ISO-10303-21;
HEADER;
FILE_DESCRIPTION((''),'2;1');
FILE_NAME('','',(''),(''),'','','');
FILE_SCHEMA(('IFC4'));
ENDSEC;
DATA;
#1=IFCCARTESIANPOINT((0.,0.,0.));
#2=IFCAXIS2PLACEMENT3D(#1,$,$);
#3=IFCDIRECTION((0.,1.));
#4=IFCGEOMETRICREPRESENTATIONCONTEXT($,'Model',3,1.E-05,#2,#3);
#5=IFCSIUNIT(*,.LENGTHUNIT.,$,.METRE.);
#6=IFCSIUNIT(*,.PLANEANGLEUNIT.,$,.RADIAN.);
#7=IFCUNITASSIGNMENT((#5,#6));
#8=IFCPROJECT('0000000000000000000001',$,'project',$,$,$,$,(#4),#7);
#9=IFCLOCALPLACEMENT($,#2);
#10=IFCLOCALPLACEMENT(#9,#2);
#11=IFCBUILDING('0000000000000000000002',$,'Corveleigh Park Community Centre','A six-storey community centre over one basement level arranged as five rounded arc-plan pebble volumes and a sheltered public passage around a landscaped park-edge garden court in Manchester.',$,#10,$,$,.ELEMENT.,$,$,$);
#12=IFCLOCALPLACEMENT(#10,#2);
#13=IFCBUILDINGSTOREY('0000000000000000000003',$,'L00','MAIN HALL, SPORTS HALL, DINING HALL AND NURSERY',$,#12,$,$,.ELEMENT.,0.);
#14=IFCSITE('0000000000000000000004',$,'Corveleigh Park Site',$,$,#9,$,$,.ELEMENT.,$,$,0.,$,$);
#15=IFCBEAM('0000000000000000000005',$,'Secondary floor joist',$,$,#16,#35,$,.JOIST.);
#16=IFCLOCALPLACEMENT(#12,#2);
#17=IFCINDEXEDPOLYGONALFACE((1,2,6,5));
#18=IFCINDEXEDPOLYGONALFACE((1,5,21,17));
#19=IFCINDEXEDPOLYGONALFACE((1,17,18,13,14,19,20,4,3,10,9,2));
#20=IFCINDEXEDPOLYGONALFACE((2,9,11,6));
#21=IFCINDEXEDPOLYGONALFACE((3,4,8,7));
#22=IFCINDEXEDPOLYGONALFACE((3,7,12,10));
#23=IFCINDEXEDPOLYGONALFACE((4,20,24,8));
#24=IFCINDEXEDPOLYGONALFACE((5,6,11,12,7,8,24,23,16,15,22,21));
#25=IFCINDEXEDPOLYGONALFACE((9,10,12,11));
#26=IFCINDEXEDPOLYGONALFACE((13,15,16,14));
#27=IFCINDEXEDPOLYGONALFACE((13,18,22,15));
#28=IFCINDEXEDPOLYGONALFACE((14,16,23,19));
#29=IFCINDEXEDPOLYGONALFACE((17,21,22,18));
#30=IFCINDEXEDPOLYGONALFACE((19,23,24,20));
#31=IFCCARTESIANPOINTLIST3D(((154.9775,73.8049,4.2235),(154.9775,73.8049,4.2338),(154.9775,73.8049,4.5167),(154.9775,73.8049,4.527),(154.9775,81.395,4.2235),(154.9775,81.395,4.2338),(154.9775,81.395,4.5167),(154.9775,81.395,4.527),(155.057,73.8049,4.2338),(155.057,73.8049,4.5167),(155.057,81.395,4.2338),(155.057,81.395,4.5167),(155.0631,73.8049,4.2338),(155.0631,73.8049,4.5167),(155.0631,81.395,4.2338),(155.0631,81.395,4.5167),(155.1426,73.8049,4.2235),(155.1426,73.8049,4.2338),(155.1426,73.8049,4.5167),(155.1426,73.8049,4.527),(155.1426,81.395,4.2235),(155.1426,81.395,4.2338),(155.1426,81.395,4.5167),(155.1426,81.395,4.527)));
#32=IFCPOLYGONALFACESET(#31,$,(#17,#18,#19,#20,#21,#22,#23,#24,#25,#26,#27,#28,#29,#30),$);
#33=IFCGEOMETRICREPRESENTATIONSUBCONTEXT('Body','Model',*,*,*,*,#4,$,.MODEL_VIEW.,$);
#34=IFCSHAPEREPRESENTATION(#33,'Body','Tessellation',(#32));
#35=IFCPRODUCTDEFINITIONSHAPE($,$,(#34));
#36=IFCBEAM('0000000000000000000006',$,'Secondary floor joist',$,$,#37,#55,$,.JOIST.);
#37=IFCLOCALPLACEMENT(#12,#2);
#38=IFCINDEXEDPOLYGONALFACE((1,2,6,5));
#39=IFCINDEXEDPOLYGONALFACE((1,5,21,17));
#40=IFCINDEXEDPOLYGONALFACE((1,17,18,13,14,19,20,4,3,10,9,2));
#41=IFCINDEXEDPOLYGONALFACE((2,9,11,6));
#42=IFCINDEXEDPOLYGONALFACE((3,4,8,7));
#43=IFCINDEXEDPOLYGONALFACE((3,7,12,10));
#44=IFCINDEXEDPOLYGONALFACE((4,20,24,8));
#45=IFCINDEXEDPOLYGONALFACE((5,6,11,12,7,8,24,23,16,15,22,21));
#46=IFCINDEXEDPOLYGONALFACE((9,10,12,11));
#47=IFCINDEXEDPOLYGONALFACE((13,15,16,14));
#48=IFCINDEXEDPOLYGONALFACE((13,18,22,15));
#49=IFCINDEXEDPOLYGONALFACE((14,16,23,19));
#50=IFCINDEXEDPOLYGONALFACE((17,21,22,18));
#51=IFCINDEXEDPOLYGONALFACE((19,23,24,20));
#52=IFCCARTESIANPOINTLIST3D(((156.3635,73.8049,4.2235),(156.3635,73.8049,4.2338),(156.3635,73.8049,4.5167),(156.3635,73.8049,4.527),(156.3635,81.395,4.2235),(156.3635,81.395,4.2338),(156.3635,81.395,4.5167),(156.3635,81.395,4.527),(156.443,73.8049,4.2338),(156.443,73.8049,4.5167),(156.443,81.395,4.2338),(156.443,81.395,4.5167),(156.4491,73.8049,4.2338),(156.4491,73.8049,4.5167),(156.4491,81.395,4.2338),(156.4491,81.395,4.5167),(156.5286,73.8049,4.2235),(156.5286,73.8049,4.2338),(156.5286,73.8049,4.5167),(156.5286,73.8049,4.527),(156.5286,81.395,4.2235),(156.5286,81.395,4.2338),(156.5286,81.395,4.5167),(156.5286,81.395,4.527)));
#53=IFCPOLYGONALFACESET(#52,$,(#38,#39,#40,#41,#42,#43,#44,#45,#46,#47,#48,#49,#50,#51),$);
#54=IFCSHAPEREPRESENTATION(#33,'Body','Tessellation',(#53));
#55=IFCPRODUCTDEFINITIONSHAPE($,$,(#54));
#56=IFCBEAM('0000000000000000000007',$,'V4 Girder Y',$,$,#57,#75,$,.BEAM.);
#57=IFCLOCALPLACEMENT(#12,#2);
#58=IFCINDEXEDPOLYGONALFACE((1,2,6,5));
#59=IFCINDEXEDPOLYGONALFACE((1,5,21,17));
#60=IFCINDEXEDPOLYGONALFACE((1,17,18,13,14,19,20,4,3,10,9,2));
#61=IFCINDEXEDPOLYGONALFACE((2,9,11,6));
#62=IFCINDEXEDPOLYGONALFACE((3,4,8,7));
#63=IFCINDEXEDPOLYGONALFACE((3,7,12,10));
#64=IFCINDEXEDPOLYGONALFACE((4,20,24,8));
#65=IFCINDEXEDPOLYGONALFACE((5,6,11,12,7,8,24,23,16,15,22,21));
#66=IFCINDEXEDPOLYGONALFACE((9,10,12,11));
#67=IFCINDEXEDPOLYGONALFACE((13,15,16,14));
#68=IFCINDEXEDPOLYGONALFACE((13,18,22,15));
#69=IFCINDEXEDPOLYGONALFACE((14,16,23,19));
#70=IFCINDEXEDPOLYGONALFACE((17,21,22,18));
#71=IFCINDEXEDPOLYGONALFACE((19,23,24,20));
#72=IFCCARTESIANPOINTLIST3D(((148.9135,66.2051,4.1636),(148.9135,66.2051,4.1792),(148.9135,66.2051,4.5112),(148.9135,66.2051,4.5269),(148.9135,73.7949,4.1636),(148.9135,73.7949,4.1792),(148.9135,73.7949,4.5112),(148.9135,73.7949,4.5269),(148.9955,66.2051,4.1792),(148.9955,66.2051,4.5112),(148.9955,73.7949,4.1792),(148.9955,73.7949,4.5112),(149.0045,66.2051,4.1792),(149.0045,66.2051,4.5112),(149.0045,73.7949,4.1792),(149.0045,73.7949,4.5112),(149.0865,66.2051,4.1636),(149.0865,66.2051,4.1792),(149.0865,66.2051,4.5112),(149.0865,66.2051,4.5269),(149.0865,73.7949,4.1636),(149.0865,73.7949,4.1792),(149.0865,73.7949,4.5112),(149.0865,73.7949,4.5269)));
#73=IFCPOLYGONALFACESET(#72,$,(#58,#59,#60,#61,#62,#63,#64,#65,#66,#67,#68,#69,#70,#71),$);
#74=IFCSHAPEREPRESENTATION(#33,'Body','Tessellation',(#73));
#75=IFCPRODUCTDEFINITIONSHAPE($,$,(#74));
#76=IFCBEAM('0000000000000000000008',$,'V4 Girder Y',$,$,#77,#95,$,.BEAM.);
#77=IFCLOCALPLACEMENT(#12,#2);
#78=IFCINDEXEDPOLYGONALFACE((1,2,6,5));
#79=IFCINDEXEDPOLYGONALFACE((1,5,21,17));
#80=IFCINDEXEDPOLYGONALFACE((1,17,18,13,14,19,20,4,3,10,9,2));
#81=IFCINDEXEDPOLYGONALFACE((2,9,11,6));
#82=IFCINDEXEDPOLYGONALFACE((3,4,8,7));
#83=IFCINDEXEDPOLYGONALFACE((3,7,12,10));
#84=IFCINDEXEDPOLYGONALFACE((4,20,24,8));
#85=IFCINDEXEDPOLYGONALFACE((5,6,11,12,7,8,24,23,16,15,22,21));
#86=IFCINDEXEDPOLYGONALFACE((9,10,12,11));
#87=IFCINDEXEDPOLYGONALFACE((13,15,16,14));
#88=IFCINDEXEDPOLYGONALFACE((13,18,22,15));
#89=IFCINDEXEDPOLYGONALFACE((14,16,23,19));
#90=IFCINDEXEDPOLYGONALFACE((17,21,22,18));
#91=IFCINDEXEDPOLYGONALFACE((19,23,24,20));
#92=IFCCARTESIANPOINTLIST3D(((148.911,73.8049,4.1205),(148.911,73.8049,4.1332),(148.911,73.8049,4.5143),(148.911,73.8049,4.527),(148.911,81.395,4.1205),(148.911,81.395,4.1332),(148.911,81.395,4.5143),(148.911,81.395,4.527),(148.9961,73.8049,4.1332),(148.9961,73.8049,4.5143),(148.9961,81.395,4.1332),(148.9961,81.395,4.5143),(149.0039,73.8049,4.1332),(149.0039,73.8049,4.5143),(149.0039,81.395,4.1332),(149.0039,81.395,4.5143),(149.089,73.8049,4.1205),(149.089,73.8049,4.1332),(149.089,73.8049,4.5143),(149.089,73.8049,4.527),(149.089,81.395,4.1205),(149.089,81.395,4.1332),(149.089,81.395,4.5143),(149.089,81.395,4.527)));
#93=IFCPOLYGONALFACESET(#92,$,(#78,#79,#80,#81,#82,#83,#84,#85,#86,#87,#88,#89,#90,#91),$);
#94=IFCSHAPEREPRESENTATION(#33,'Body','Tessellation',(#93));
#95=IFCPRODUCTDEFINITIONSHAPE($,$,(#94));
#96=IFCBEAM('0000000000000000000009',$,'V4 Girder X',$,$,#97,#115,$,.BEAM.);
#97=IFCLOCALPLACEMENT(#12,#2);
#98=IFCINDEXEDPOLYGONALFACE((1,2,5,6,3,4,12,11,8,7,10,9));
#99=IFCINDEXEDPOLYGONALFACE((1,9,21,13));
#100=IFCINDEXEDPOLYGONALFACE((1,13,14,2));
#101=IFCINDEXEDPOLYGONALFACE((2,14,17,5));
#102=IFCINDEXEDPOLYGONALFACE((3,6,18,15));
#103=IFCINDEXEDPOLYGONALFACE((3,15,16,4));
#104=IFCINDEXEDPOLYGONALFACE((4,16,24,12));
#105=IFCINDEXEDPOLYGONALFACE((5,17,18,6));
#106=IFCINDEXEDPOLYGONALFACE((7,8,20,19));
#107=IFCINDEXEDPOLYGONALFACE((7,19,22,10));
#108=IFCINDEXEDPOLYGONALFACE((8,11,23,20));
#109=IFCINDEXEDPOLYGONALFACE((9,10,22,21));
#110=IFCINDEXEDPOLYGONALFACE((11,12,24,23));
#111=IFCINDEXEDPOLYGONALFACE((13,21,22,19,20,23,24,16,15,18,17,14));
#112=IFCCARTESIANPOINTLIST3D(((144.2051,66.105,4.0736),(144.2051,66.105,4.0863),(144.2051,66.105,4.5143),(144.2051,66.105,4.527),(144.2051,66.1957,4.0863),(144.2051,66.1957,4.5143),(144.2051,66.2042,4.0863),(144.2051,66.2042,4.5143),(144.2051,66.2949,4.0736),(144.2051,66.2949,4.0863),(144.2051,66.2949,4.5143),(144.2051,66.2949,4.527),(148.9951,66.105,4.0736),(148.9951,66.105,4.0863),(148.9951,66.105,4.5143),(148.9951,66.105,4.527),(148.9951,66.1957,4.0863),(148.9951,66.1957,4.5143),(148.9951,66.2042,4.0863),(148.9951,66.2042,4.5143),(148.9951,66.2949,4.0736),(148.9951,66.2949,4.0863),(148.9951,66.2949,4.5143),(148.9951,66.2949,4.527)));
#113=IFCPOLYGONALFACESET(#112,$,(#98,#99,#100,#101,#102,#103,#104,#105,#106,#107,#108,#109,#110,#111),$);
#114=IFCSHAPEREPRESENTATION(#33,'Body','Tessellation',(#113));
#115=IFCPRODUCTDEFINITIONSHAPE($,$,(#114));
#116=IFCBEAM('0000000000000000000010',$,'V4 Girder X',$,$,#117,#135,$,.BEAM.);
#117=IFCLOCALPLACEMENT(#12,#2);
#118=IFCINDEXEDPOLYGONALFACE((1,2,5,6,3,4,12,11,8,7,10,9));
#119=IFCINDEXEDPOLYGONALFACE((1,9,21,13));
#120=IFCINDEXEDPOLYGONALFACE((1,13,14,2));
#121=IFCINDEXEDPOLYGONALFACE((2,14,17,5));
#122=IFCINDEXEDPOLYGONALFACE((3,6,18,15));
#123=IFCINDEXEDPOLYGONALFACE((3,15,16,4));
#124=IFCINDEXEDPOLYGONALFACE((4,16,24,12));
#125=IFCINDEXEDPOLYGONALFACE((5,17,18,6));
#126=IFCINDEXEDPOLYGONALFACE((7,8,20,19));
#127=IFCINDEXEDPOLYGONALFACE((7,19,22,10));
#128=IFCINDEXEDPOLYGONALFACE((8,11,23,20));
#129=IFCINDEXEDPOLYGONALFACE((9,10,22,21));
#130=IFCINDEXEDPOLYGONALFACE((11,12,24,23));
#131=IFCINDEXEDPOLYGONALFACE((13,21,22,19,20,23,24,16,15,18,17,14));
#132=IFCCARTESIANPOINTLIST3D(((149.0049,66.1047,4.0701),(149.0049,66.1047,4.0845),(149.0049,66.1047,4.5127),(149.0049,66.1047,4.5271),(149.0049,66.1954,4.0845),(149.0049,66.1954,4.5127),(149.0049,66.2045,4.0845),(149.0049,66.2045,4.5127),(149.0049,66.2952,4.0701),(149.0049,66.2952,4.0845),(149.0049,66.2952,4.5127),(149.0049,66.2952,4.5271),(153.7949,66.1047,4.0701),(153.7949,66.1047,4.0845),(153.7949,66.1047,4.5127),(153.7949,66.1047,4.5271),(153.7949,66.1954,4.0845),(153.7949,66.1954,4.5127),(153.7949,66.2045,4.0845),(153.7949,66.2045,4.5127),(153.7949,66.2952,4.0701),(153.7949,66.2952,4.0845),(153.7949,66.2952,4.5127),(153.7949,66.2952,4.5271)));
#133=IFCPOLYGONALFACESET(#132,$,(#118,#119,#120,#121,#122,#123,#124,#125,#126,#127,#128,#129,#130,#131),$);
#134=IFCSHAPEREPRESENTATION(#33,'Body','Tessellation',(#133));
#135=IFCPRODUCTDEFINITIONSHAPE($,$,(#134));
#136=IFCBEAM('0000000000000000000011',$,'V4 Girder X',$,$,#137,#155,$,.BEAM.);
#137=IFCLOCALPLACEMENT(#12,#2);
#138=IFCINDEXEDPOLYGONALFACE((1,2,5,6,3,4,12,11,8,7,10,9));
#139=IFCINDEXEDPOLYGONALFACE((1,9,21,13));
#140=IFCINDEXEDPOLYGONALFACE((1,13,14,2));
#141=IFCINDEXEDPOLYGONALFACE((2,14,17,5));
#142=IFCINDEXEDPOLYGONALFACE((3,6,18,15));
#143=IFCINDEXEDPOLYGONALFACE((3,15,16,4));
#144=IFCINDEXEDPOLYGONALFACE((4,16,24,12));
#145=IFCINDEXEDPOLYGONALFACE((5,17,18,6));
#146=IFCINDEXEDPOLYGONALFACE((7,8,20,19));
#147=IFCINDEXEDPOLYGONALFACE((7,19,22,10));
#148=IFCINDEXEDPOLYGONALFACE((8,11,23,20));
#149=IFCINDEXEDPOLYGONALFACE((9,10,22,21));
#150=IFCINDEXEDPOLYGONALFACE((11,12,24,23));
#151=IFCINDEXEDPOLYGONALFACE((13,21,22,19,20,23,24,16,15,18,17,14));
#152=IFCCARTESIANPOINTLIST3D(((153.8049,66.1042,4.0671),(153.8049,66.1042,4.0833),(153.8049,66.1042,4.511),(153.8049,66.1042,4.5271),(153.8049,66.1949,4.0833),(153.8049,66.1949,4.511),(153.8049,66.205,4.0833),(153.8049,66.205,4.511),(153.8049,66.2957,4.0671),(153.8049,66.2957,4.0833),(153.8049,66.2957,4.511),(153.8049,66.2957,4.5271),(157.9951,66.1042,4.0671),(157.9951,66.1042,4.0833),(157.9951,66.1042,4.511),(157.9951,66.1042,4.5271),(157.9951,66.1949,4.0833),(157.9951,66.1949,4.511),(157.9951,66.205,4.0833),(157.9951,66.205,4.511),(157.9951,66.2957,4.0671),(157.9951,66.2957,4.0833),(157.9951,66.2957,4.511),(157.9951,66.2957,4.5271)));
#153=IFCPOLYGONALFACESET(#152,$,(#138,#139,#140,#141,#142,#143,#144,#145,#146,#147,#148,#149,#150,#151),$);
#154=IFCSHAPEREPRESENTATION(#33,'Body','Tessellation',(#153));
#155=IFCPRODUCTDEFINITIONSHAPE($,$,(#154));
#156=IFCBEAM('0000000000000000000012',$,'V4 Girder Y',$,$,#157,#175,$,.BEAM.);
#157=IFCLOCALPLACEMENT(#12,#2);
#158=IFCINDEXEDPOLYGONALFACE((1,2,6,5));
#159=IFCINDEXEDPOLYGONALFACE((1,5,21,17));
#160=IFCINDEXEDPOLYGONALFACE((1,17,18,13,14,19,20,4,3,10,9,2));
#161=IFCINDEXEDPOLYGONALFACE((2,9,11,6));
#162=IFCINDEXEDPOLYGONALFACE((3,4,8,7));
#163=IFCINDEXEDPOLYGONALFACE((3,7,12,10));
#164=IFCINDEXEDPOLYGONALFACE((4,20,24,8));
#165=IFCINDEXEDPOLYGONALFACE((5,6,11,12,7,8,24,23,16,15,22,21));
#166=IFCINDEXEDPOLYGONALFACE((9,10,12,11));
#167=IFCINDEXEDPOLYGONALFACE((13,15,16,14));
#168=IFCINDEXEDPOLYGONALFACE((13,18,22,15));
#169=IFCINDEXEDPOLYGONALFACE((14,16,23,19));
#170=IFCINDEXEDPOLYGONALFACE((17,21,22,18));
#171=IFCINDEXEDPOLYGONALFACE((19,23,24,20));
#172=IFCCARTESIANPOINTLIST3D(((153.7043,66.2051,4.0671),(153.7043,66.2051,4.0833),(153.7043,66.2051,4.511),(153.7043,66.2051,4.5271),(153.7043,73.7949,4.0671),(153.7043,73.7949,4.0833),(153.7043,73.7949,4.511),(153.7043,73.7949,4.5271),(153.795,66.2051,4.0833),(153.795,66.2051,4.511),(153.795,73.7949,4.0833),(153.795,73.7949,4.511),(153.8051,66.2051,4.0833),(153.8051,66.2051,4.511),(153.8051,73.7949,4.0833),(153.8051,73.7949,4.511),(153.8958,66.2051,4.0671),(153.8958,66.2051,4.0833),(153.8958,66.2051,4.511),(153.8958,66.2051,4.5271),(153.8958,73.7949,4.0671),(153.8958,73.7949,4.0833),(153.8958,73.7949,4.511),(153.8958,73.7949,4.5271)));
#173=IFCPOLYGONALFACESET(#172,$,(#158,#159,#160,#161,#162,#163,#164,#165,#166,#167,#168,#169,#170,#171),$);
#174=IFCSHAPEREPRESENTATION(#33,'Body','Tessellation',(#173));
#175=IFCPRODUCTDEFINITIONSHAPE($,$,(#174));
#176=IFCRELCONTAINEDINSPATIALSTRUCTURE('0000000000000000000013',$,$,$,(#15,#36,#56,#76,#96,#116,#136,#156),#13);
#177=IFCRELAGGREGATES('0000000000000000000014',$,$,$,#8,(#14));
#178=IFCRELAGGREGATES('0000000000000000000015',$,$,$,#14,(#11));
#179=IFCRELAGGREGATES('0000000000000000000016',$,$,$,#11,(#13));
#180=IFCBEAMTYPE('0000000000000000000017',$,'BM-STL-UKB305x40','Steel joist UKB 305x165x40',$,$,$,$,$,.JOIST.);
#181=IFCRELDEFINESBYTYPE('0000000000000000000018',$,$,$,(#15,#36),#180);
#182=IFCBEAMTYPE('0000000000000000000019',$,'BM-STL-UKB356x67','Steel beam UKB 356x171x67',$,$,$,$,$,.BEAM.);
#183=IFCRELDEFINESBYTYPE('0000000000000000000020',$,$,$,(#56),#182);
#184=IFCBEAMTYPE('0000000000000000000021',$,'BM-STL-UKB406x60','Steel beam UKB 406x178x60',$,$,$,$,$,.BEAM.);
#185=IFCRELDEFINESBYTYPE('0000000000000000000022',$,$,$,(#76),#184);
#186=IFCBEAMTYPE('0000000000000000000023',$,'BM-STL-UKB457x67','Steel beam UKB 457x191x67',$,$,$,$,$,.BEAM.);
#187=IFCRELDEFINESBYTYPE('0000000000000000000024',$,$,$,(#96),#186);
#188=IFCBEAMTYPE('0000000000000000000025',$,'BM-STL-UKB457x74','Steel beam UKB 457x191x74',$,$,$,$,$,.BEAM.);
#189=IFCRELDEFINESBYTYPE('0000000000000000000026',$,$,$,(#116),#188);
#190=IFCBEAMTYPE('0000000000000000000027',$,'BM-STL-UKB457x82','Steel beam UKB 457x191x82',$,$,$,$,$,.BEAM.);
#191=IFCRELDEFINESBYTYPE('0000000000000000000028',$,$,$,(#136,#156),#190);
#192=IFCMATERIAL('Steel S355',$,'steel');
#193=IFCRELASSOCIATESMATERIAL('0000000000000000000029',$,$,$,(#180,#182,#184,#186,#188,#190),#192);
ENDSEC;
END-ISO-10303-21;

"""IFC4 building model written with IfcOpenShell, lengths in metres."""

from ifc_helpers import new_model, si_unit, direction, frame, origin, origin_2d, place, context, subcontext, project, spatial, i_section, extrude, material, material_profile, profile_set, type_object, element, save


model = new_model("IFC4")

# Units and contexts
model_context = context("Model", 3, precision=1e-05, world=origin(), true_north=direction((0.0, 1.0)))
body_context = subcontext(model_context, "Body", "Model", "MODEL_VIEW")
ifc_project = project(units=[si_unit("LENGTHUNIT", "METRE"), si_unit("PLANEANGLEUNIT", "RADIAN")], contexts=[model_context])

# Site, building, storey
site_placement = place(None, origin())
site = spatial("IfcSite", under=ifc_project, at=site_placement, Name="Corveleigh Park Site", CompositionType="ELEMENT", RefElevation=0.0)
building_placement = place(site_placement, origin())
building = spatial("IfcBuilding", under=site, at=building_placement, Name="Corveleigh Park Community Centre", Description="A six-storey community centre over one basement level arranged as five rounded arc-plan pebble volumes and a sheltered public passage around a landscaped park-edge garden court in Manchester.", CompositionType="ELEMENT")
storey_placement = place(building_placement, origin())
storey = spatial("IfcBuildingStorey", under=building, at=storey_placement, Name="L00", Description="MAIN HALL, SPORTS HALL, DINING HALL AND NURSERY", CompositionType="ELEMENT", Elevation=0.0)

# Shared definitions
ifc_material_1 = material(Name="Steel S355", Category="steel")

# Beams
ifc_material_profile_1 = material_profile(ifc_material_1, i_section(OverallWidth=0.165, OverallDepth=0.3035, WebThickness=0.0061, FlangeThickness=0.0103, at=origin_2d()), Name="UKB 305x165x40", Category="steel")
ifc_profile_set_1 = profile_set([ifc_material_profile_1], Name="Steel S355")
beam_type_1 = type_object("IfcBeamType", Name="BM-STL-UKB305x40", Description="Steel joist UKB 305x165x40", PredefinedType="JOIST", material=ifc_profile_set_1)
for number, where, z_axis, x_axis, name in (
    (1, (155.0601, 73.8049, 4.3752), (0.0, 1.0, 0.0), (-1.0, 0.0, 0.0), "Secondary floor joist"),
    (2, (156.446, 73.8049, 4.3752), (0.0, 1.0, 0.0), (-1.0, 0.0, 0.0), "Secondary floor joist"),
):
    element("IfcBeam", number, at=place(storey_placement, frame(where, z_axis=z_axis, x_axis=x_axis)), inside=storey, type_object=beam_type_1, Name=name, PredefinedType="JOIST", context=body_context, shape_type="SweptSolid", body=[
        extrude(i_section(OverallWidth=0.165, OverallDepth=0.3035, WebThickness=0.0061, FlangeThickness=0.0103, at=origin_2d()), origin(), (0.0, 0.0, 1.0), 7.5901),
    ])
ifc_material_profile_2 = material_profile(ifc_material_1, i_section(OverallWidth=0.1731, OverallDepth=0.3633, WebThickness=0.009, FlangeThickness=0.0156, at=origin_2d()), Name="UKB 356x171x67", Category="steel")
ifc_profile_set_2 = profile_set([ifc_material_profile_2], Name="Steel S355")
beam_type_2 = type_object("IfcBeamType", Name="BM-STL-UKB356x67", Description="Steel beam UKB 356x171x67", PredefinedType="BEAM", material=ifc_profile_set_2)
beam_1_placement = place(storey_placement, frame((149.0, 66.2051, 4.3452), z_axis=(0.0, 1.0, 0.0), x_axis=(-1.0, 0.0, 0.0)))
element("IfcBeam", 3, at=beam_1_placement, inside=storey, type_object=beam_type_2, Name="V4 Girder Y", PredefinedType="BEAM", context=body_context, shape_type="SweptSolid", body=[
    extrude(i_section(OverallWidth=0.1731, OverallDepth=0.3633, WebThickness=0.009, FlangeThickness=0.0156, at=origin_2d()), origin(), (0.0, 0.0, 1.0), 7.5898),
])
ifc_material_profile_3 = material_profile(ifc_material_1, i_section(OverallWidth=0.178, OverallDepth=0.4065, WebThickness=0.0078, FlangeThickness=0.0127, at=origin_2d()), Name="UKB 406x178x60", Category="steel")
ifc_profile_set_3 = profile_set([ifc_material_profile_3], Name="Steel S355")
beam_type_3 = type_object("IfcBeamType", Name="BM-STL-UKB406x60", Description="Steel beam UKB 406x178x60", PredefinedType="BEAM", material=ifc_profile_set_3)
beam_2_placement = place(storey_placement, frame((149.0, 73.8049, 4.3237), z_axis=(0.0, 1.0, 0.0), x_axis=(-1.0, 0.0, 0.0)))
element("IfcBeam", 4, at=beam_2_placement, inside=storey, type_object=beam_type_3, Name="V4 Girder Y", PredefinedType="BEAM", context=body_context, shape_type="SweptSolid", body=[
    extrude(i_section(OverallWidth=0.178, OverallDepth=0.4065, WebThickness=0.0078, FlangeThickness=0.0127, at=origin_2d()), origin(), (0.0, 0.0, 1.0), 7.5901),
])
ifc_material_profile_4 = material_profile(ifc_material_1, i_section(OverallWidth=0.1899, OverallDepth=0.4534, WebThickness=0.0085, FlangeThickness=0.0127, at=origin_2d()), Name="UKB 457x191x67", Category="steel")
ifc_profile_set_4 = profile_set([ifc_material_profile_4], Name="Steel S355")
beam_type_4 = type_object("IfcBeamType", Name="BM-STL-UKB457x67", Description="Steel beam UKB 457x191x67", PredefinedType="BEAM", material=ifc_profile_set_4)
beam_3_placement = place(storey_placement, frame((144.2051, 66.2, 4.3003), z_axis=(1.0, 0.0, 0.0), x_axis=(0.0, 1.0, 0.0)))
element("IfcBeam", 5, at=beam_3_placement, inside=storey, type_object=beam_type_4, Name="V4 Girder X", PredefinedType="BEAM", context=body_context, shape_type="SweptSolid", body=[
    extrude(i_section(OverallWidth=0.1899, OverallDepth=0.4534, WebThickness=0.0085, FlangeThickness=0.0127, at=origin_2d()), origin(), (0.0, 0.0, 1.0), 4.79),
])
ifc_material_profile_5 = material_profile(ifc_material_1, i_section(OverallWidth=0.1904, OverallDepth=0.457, WebThickness=0.009, FlangeThickness=0.0144, at=origin_2d()), Name="UKB 457x191x74", Category="steel")
ifc_profile_set_5 = profile_set([ifc_material_profile_5], Name="Steel S355")
beam_type_5 = type_object("IfcBeamType", Name="BM-STL-UKB457x74", Description="Steel beam UKB 457x191x74", PredefinedType="BEAM", material=ifc_profile_set_5)
beam_4_placement = place(storey_placement, frame((149.0049, 66.2, 4.2986), z_axis=(1.0, 0.0, 0.0), x_axis=(0.0, 1.0, 0.0)))
element("IfcBeam", 6, at=beam_4_placement, inside=storey, type_object=beam_type_5, Name="V4 Girder X", PredefinedType="BEAM", context=body_context, shape_type="SweptSolid", body=[
    extrude(i_section(OverallWidth=0.1904, OverallDepth=0.457, WebThickness=0.009, FlangeThickness=0.0144, at=origin_2d()), origin(), (0.0, 0.0, 1.0), 4.79),
])
ifc_material_profile_6 = material_profile(ifc_material_1, i_section(OverallWidth=0.1914, OverallDepth=0.46, WebThickness=0.01, FlangeThickness=0.0161, at=origin_2d()), Name="UKB 457x191x82", Category="steel")
ifc_profile_set_6 = profile_set([ifc_material_profile_6], Name="Steel S355")
beam_type_6 = type_object("IfcBeamType", Name="BM-STL-UKB457x82", Description="Steel beam UKB 457x191x82", PredefinedType="BEAM", material=ifc_profile_set_6)
beam_5_placement = place(storey_placement, frame((153.8049, 66.2, 4.2971), z_axis=(1.0, 0.0, 0.0), x_axis=(0.0, 1.0, 0.0)))
element("IfcBeam", 7, at=beam_5_placement, inside=storey, type_object=beam_type_6, Name="V4 Girder X", PredefinedType="BEAM", context=body_context, shape_type="SweptSolid", body=[
    extrude(i_section(OverallWidth=0.1914, OverallDepth=0.46, WebThickness=0.01, FlangeThickness=0.0161, at=origin_2d()), origin(), (0.0, 0.0, 1.0), 4.1902),
])
beam_6_placement = place(storey_placement, frame((153.8, 66.2051, 4.2971), z_axis=(0.0, 1.0, 0.0), x_axis=(-1.0, 0.0, 0.0)))
element("IfcBeam", 8, at=beam_6_placement, inside=storey, type_object=beam_type_6, Name="V4 Girder Y", PredefinedType="BEAM", context=body_context, shape_type="SweptSolid", body=[
    extrude(i_section(OverallWidth=0.1914, OverallDepth=0.46, WebThickness=0.01, FlangeThickness=0.0161, at=origin_2d()), origin(), (0.0, 0.0, 1.0), 7.5898),
])

save(model, "model.ifc")
